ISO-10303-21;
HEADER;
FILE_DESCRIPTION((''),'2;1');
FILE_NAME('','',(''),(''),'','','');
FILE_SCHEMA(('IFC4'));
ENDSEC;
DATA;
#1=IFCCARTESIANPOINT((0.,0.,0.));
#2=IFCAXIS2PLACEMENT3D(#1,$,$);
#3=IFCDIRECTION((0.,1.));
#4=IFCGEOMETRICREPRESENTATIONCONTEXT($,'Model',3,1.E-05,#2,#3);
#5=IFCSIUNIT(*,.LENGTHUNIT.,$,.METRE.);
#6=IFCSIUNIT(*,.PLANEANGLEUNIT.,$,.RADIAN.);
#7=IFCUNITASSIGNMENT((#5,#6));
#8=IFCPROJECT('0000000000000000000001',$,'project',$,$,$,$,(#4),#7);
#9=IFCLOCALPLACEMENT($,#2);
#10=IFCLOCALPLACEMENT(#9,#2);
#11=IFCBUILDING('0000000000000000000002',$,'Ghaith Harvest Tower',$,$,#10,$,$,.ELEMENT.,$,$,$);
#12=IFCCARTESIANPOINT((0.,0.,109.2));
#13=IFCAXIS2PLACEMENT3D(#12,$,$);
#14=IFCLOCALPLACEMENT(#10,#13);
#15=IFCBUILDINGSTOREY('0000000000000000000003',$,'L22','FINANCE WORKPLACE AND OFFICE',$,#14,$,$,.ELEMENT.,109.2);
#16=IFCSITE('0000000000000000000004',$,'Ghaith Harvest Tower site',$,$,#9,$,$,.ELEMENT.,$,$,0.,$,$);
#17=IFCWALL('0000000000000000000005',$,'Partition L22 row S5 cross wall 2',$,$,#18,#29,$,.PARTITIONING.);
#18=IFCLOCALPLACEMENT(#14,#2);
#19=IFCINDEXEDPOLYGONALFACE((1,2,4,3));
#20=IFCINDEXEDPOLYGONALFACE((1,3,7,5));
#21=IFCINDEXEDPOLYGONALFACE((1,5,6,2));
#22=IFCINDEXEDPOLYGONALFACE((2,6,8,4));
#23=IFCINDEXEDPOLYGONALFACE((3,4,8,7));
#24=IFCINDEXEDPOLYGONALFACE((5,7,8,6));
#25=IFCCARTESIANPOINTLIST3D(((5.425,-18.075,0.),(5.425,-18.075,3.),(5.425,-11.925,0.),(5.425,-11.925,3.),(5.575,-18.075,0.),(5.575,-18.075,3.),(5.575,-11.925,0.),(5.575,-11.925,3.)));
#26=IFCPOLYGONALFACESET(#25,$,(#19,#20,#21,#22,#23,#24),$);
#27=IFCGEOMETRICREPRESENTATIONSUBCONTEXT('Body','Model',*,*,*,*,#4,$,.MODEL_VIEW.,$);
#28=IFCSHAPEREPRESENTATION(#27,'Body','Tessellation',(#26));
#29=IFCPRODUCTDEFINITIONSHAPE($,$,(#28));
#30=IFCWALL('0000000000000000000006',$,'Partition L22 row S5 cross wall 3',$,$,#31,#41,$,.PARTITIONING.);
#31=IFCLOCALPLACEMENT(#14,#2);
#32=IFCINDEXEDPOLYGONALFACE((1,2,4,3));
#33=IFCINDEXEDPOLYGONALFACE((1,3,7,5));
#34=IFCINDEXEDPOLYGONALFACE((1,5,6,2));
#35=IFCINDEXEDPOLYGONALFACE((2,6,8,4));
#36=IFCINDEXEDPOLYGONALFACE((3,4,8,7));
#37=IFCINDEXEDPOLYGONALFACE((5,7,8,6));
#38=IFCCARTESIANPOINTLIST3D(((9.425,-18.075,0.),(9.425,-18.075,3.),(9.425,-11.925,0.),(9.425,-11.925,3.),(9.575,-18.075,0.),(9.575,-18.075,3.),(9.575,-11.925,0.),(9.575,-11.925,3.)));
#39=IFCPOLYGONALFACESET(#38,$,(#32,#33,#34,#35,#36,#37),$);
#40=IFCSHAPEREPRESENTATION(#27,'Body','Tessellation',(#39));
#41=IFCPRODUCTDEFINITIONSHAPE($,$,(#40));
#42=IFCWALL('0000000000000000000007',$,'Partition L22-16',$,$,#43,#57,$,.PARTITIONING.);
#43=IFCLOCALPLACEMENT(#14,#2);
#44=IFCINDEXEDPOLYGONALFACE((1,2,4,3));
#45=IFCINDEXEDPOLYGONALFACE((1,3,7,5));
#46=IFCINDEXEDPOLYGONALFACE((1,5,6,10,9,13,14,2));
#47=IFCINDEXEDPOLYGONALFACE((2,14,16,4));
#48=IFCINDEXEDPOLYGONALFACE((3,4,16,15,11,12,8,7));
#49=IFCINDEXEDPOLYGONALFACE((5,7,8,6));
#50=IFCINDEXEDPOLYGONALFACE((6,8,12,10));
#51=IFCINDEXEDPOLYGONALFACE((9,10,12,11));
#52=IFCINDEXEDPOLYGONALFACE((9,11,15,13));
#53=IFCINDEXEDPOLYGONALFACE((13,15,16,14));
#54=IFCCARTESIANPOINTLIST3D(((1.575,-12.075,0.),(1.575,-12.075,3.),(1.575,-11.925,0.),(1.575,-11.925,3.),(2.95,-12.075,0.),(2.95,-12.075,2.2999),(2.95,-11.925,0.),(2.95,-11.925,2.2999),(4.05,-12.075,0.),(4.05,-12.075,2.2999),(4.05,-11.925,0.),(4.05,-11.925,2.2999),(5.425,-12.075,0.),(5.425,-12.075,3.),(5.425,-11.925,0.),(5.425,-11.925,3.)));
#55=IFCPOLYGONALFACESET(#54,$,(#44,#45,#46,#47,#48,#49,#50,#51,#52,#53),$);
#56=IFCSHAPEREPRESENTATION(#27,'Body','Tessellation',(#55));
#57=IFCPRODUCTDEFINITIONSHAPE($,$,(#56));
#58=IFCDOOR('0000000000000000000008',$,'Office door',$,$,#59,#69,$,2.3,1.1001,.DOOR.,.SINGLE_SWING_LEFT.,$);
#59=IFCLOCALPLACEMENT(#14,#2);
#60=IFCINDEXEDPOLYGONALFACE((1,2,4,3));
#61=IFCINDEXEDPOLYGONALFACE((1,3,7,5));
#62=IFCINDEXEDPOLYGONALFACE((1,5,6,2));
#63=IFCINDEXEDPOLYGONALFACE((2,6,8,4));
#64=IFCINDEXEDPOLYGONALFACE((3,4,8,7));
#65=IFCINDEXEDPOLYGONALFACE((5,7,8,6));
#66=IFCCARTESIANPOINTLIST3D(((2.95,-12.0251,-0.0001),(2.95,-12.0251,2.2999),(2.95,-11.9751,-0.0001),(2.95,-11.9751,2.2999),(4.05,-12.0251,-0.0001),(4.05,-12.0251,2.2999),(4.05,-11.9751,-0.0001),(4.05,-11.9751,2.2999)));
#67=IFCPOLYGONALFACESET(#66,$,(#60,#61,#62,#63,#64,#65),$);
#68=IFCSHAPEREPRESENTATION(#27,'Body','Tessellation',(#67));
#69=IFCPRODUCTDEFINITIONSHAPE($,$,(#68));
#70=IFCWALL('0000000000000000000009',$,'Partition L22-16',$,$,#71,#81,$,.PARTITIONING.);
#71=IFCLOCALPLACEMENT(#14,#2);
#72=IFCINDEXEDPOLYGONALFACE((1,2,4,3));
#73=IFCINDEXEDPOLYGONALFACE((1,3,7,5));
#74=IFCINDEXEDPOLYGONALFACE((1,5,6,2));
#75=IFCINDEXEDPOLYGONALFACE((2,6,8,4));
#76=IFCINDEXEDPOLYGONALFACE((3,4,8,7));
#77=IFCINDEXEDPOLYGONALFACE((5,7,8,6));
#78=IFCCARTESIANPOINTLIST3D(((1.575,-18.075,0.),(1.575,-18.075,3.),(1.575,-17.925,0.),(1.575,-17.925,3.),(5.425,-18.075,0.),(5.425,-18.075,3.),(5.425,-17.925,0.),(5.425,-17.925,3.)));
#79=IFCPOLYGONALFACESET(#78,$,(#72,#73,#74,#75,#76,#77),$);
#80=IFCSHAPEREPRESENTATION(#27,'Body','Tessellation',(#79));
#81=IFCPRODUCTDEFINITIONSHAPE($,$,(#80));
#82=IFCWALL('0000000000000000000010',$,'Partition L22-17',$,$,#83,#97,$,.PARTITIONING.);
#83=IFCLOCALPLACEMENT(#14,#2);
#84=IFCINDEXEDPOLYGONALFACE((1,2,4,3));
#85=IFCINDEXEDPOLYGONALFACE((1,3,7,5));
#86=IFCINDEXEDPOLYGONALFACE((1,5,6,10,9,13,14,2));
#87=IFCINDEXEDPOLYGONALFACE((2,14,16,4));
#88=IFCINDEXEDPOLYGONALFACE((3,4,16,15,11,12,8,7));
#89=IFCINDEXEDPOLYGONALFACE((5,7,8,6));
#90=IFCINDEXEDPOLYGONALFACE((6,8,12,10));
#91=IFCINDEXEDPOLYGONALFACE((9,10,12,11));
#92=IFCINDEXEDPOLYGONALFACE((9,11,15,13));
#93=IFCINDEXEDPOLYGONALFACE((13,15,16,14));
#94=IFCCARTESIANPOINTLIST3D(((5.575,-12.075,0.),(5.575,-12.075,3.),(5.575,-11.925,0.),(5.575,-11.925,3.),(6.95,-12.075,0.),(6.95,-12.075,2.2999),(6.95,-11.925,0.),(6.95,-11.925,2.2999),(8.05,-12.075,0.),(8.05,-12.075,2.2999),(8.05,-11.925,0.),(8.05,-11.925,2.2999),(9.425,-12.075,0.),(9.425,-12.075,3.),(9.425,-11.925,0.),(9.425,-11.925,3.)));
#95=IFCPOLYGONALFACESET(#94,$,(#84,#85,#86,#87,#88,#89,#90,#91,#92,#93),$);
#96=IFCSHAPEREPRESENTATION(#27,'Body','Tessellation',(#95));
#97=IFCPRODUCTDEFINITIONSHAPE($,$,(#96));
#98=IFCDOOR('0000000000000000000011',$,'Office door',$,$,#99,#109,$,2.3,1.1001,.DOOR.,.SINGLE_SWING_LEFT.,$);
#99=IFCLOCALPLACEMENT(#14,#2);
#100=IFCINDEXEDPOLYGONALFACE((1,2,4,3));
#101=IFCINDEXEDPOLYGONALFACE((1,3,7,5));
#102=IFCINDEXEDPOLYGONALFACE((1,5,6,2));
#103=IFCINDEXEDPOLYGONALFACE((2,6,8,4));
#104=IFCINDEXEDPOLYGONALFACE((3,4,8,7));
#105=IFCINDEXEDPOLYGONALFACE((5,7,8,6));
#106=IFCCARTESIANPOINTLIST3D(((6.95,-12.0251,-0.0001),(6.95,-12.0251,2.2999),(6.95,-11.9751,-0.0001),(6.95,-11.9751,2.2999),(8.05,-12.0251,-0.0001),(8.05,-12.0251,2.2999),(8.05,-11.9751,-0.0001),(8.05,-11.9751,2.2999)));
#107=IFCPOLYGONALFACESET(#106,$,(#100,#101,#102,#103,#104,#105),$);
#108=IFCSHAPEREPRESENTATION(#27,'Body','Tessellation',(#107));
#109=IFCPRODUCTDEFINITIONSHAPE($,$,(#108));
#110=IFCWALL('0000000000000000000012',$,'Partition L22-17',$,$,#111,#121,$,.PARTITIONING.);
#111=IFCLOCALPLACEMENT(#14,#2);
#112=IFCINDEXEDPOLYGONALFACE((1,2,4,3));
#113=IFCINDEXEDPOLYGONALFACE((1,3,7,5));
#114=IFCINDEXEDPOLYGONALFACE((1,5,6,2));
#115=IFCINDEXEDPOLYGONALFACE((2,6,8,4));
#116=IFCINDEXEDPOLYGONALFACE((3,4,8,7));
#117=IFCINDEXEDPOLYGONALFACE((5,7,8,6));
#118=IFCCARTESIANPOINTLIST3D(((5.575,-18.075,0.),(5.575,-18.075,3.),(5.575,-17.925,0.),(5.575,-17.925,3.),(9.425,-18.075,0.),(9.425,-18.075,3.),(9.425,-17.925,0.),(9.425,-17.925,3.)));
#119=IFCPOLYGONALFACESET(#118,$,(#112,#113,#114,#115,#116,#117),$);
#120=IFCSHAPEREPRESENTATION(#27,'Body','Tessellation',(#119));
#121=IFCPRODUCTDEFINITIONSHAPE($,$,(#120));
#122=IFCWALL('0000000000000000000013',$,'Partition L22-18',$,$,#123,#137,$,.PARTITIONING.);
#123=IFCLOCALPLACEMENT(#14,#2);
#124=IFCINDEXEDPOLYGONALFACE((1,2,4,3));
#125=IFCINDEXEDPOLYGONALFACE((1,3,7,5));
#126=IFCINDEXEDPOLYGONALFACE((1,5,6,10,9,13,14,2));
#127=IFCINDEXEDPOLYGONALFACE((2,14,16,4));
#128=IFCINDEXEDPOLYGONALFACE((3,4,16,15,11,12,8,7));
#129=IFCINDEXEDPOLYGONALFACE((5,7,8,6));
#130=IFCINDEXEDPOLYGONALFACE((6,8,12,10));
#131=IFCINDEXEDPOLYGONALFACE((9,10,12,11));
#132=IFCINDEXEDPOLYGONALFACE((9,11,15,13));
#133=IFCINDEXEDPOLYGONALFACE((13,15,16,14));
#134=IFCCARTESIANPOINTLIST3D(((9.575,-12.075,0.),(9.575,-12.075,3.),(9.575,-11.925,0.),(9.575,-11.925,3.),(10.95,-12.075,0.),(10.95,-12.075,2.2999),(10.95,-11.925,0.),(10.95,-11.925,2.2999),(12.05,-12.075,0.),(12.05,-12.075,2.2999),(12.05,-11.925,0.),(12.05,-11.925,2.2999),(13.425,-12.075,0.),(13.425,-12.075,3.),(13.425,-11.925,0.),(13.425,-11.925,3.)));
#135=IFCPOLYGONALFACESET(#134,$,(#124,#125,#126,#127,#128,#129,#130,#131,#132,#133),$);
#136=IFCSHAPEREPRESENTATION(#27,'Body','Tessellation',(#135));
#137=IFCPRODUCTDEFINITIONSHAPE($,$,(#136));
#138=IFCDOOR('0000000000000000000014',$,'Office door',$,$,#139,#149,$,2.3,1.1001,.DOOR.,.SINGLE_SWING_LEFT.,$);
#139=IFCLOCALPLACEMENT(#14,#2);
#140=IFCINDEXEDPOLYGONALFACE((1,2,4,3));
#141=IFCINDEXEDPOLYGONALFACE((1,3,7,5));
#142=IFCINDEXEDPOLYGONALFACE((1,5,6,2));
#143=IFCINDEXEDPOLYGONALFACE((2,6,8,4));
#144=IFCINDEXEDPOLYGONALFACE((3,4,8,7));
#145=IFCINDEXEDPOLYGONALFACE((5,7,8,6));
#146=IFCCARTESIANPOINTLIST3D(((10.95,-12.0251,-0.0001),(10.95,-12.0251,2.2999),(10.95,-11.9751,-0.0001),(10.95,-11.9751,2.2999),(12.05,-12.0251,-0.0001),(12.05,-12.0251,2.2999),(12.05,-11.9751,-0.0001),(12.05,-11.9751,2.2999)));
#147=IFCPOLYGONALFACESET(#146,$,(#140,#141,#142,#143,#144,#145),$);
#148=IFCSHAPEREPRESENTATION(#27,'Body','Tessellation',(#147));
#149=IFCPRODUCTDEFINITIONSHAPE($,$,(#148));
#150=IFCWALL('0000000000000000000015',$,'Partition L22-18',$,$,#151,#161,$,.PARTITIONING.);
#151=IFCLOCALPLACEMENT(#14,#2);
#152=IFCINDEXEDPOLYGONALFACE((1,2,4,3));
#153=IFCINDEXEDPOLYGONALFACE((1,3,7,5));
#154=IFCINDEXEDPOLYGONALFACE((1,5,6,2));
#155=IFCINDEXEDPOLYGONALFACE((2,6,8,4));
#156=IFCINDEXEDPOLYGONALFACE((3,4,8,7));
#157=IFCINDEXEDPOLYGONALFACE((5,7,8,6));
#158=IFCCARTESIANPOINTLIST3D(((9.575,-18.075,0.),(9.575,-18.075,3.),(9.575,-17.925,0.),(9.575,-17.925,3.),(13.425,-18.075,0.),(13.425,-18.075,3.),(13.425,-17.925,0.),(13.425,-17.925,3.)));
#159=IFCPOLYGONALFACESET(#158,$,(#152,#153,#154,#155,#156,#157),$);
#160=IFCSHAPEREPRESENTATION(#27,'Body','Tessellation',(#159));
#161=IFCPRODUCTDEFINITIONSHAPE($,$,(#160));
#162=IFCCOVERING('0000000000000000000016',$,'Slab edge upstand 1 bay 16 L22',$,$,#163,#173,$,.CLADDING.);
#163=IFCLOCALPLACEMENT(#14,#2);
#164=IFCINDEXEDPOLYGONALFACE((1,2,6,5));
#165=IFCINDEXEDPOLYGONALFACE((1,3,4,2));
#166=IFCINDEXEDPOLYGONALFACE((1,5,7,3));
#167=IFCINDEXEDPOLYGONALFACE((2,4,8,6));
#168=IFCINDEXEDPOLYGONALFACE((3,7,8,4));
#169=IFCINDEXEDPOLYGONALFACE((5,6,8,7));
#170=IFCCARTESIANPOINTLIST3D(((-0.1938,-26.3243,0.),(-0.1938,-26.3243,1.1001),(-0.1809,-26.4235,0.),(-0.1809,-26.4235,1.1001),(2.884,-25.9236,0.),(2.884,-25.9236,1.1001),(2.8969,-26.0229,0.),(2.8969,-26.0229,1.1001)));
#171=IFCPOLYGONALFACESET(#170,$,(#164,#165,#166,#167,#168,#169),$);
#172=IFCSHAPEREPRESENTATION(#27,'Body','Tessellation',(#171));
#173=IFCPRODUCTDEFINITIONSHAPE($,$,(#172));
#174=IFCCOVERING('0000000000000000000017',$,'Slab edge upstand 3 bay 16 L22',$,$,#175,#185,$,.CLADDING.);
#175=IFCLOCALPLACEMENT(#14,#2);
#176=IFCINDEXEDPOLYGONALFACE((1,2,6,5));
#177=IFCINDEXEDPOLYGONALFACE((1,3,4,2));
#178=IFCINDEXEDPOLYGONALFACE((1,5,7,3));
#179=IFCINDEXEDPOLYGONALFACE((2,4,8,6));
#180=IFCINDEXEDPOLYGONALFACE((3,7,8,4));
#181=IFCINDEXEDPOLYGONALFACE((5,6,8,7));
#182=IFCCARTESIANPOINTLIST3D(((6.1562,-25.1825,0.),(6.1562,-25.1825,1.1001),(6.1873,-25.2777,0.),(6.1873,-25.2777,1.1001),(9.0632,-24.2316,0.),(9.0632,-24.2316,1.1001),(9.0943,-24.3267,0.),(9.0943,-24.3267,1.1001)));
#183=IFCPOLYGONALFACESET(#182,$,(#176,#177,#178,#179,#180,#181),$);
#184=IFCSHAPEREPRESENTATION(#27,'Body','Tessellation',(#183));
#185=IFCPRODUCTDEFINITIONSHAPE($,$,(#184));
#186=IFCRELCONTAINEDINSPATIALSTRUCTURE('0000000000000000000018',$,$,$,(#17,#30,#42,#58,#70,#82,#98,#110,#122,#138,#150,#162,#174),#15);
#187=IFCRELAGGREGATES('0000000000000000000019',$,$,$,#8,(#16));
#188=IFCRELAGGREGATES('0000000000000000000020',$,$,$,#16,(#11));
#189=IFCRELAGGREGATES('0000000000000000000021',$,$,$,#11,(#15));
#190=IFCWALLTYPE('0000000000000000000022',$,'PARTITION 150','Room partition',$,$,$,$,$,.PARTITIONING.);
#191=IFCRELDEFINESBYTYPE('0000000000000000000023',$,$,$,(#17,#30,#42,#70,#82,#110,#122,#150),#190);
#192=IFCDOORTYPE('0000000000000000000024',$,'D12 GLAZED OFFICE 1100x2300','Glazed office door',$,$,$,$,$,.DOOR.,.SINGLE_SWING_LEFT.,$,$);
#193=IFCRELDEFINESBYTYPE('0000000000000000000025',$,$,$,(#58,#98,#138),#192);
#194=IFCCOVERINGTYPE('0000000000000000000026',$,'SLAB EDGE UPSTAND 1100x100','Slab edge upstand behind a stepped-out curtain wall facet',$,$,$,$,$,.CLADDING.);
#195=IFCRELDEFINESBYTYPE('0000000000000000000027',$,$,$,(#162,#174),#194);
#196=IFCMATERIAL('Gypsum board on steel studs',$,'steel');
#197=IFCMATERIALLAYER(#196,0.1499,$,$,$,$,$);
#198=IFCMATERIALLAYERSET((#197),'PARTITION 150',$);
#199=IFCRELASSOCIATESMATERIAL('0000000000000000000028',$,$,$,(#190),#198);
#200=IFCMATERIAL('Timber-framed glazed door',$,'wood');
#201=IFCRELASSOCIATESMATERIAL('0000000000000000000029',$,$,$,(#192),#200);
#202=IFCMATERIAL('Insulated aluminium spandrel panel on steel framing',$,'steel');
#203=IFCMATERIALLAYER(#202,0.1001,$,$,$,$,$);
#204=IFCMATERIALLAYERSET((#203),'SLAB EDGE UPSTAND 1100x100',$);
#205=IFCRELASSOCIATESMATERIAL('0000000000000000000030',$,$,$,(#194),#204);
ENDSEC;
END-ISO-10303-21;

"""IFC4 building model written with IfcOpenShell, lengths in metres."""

from ifc_helpers import new_model, si_unit, direction, frame, frame_2d, origin, origin_2d, place, context, subcontext, project, spatial, rectangle, extrude, material, layer, layer_set, type_object, element, fill, save


model = new_model("IFC4")

# Units and contexts
model_context = context("Model", 3, precision=1e-05, world=origin(), true_north=direction((0.0, 1.0)))
body_context = subcontext(model_context, "Body", "Model", "MODEL_VIEW")
ifc_project = project(units=[si_unit("LENGTHUNIT", "METRE"), si_unit("PLANEANGLEUNIT", "RADIAN")], contexts=[model_context])

# Site, building, storey
site_placement = place(None, origin())
site = spatial("IfcSite", under=ifc_project, at=site_placement, Name="Ghaith Harvest Tower site", CompositionType="ELEMENT", RefElevation=0.0)
building_placement = place(site_placement, origin())
building = spatial("IfcBuilding", under=site, at=building_placement, Name="Ghaith Harvest Tower", CompositionType="ELEMENT")
storey_placement = place(building_placement, frame((0.0, 0.0, 109.2)))
storey = spatial("IfcBuildingStorey", under=building, at=storey_placement, Name="L22", Description="FINANCE WORKPLACE AND OFFICE", CompositionType="ELEMENT", Elevation=109.2)

# Walls
ifc_material_1 = material(Name="Gypsum board on steel studs", Category="steel")
ifc_layer_1 = layer(ifc_material_1, 0.1499)
ifc_layer_set_1 = layer_set([ifc_layer_1], Name="PARTITION 150")
wall_type = type_object("IfcWallType", Name="PARTITION 150", Description="Room partition", PredefinedType="PARTITIONING", material=ifc_layer_set_1)
for number, where, z_axis, x_axis, name in (
    (1, (5.5, -11.925, 0.0), (0.0, 0.0, 1.0), (0.0, -1.0, 0.0), "Partition L22 row S5 cross wall 2"),
    (2, (9.5, -11.925, 0.0), (0.0, 0.0, 1.0), (0.0, -1.0, 0.0), "Partition L22 row S5 cross wall 3"),
):
    element("IfcWall", number, at=place(storey_placement, frame(where, z_axis=z_axis, x_axis=x_axis)), inside=storey, type_object=wall_type, Name=name, PredefinedType="PARTITIONING", context=body_context, shape_type="SweptSolid", body=[
        extrude(rectangle(XDim=6.1499, YDim=0.1499, at=frame_2d((3.075, 0.0))), origin(), (0.0, 0.0, 1.0), 3.0),
    ])

# Wall, opening, door
wall_1_placement = place(storey_placement, frame((1.575, -12.0, 0.0), z_axis=(0.0, 0.0, 1.0), x_axis=(1.0, 0.0, 0.0)))
wall_1 = element("IfcWall", 3, at=wall_1_placement, inside=storey, type_object=wall_type, Name="Partition L22-16", PredefinedType="PARTITIONING", context=body_context, shape_type="SweptSolid", body=[
    extrude(rectangle(XDim=3.8501, YDim=0.1499, at=frame_2d((1.925, 0.0))), origin(), (0.0, 0.0, 1.0), 3.0),
])
opening_1_placement = place(wall_1_placement, frame((1.375, 0.0, 0.0)))
opening_1 = element("IfcOpeningElement", 4, at=opening_1_placement, cuts=wall_1, PredefinedType="OPENING", context=body_context, shape_type="SweptSolid", body=[
    extrude(rectangle(XDim=1.1001, YDim=2.3, at=frame_2d((0.55, 1.1499))), frame((0.0, 0.085, 0.0), z_axis=(0.0, -1.0, 0.0), x_axis=(1.0, 0.0, 0.0)), (0.0, 0.0, 1.0), 0.1699),
])
ifc_material_2 = material(Name="Timber-framed glazed door", Category="wood")
door_type = type_object("IfcDoorType", Name="D12 GLAZED OFFICE 1100x2300", Description="Glazed office door", OperationType="SINGLE_SWING_LEFT", PredefinedType="DOOR", material=ifc_material_2)
door_1_placement = place(opening_1_placement, origin())
door_1 = element("IfcDoor", 5, at=door_1_placement, inside=storey, type_object=door_type, Name="Office door", OperationType="SINGLE_SWING_LEFT", OverallHeight=2.3, OverallWidth=1.1001, PredefinedType="DOOR", context=body_context, shape_type="SweptSolid", body=[
    extrude(rectangle(XDim=1.1001, YDim=2.3, at=frame_2d((0.55, 1.1499))), frame((0.0, 0.0249, 0.0), z_axis=(0.0, -1.0, 0.0), x_axis=(1.0, 0.0, 0.0)), (0.0, 0.0, 1.0), 0.05),
])
fill(opening_1, door_1)

# Wall
wall_2_placement = place(storey_placement, frame((1.575, -18.0, 0.0), z_axis=(0.0, 0.0, 1.0), x_axis=(1.0, 0.0, 0.0)))
element("IfcWall", 6, at=wall_2_placement, inside=storey, type_object=wall_type, Name="Partition L22-16", PredefinedType="PARTITIONING", context=body_context, shape_type="SweptSolid", body=[
    extrude(rectangle(XDim=3.8501, YDim=0.1499, at=frame_2d((1.925, 0.0))), origin(), (0.0, 0.0, 1.0), 3.0),
])

# Wall, opening, door
wall_3_placement = place(storey_placement, frame((5.575, -12.0, 0.0), z_axis=(0.0, 0.0, 1.0), x_axis=(1.0, 0.0, 0.0)))
wall_3 = element("IfcWall", 7, at=wall_3_placement, inside=storey, type_object=wall_type, Name="Partition L22-17", PredefinedType="PARTITIONING", context=body_context, shape_type="SweptSolid", body=[
    extrude(rectangle(XDim=3.8501, YDim=0.1499, at=frame_2d((1.925, 0.0))), origin(), (0.0, 0.0, 1.0), 3.0),
])
opening_2_placement = place(wall_3_placement, frame((1.375, 0.0, 0.0)))
opening_2 = element("IfcOpeningElement", 8, at=opening_2_placement, cuts=wall_3, PredefinedType="OPENING", context=body_context, shape_type="SweptSolid", body=[
    extrude(rectangle(XDim=1.1001, YDim=2.3, at=frame_2d((0.55, 1.1499))), frame((0.0, 0.085, 0.0), z_axis=(0.0, -1.0, 0.0), x_axis=(1.0, 0.0, 0.0)), (0.0, 0.0, 1.0), 0.1699),
])
door_2_placement = place(opening_2_placement, origin())
door_2 = element("IfcDoor", 9, at=door_2_placement, inside=storey, type_object=door_type, Name="Office door", OperationType="SINGLE_SWING_LEFT", OverallHeight=2.3, OverallWidth=1.1001, PredefinedType="DOOR", context=body_context, shape_type="SweptSolid", body=[
    extrude(rectangle(XDim=1.1001, YDim=2.3, at=frame_2d((0.55, 1.1499))), frame((0.0, 0.0249, 0.0), z_axis=(0.0, -1.0, 0.0), x_axis=(1.0, 0.0, 0.0)), (0.0, 0.0, 1.0), 0.05),
])
fill(opening_2, door_2)

# Wall
wall_4_placement = place(storey_placement, frame((5.575, -18.0, 0.0), z_axis=(0.0, 0.0, 1.0), x_axis=(1.0, 0.0, 0.0)))
element("IfcWall", 10, at=wall_4_placement, inside=storey, type_object=wall_type, Name="Partition L22-17", PredefinedType="PARTITIONING", context=body_context, shape_type="SweptSolid", body=[
    extrude(rectangle(XDim=3.8501, YDim=0.1499, at=frame_2d((1.925, 0.0))), origin(), (0.0, 0.0, 1.0), 3.0),
])

# Wall, opening, door
wall_5_placement = place(storey_placement, frame((9.575, -12.0, 0.0), z_axis=(0.0, 0.0, 1.0), x_axis=(1.0, 0.0, 0.0)))
wall_5 = element("IfcWall", 11, at=wall_5_placement, inside=storey, type_object=wall_type, Name="Partition L22-18", PredefinedType="PARTITIONING", context=body_context, shape_type="SweptSolid", body=[
    extrude(rectangle(XDim=3.8501, YDim=0.1499, at=frame_2d((1.925, 0.0))), origin(), (0.0, 0.0, 1.0), 3.0),
])
opening_3_placement = place(wall_5_placement, frame((1.375, 0.0, 0.0)))
opening_3 = element("IfcOpeningElement", 12, at=opening_3_placement, cuts=wall_5, PredefinedType="OPENING", context=body_context, shape_type="SweptSolid", body=[
    extrude(rectangle(XDim=1.1001, YDim=2.3, at=frame_2d((0.55, 1.1499))), frame((0.0, 0.085, 0.0), z_axis=(0.0, -1.0, 0.0), x_axis=(1.0, 0.0, 0.0)), (0.0, 0.0, 1.0), 0.1699),
])
door_3_placement = place(opening_3_placement, origin())
door_3 = element("IfcDoor", 13, at=door_3_placement, inside=storey, type_object=door_type, Name="Office door", OperationType="SINGLE_SWING_LEFT", OverallHeight=2.3, OverallWidth=1.1001, PredefinedType="DOOR", context=body_context, shape_type="SweptSolid", body=[
    extrude(rectangle(XDim=1.1001, YDim=2.3, at=frame_2d((0.55, 1.1499))), frame((0.0, 0.0249, 0.0), z_axis=(0.0, -1.0, 0.0), x_axis=(1.0, 0.0, 0.0)), (0.0, 0.0, 1.0), 0.05),
])
fill(opening_3, door_3)

# Wall
wall_6_placement = place(storey_placement, frame((9.575, -18.0, 0.0), z_axis=(0.0, 0.0, 1.0), x_axis=(1.0, 0.0, 0.0)))
element("IfcWall", 14, at=wall_6_placement, inside=storey, type_object=wall_type, Name="Partition L22-18", PredefinedType="PARTITIONING", context=body_context, shape_type="SweptSolid", body=[
    extrude(rectangle(XDim=3.8501, YDim=0.1499, at=frame_2d((1.925, 0.0))), origin(), (0.0, 0.0, 1.0), 3.0),
])

# Coverings
ifc_material_3 = material(Name="Insulated aluminium spandrel panel on steel framing", Category="steel")
ifc_layer_2 = layer(ifc_material_3, 0.1001)
ifc_layer_set_2 = layer_set([ifc_layer_2], Name="SLAB EDGE UPSTAND 1100x100")
covering_type = type_object("IfcCoveringType", Name="SLAB EDGE UPSTAND 1100x100", Description="Slab edge upstand behind a stepped-out curtain wall facet", PredefinedType="CLADDING", material=ifc_layer_set_2)
covering_1_placement = place(storey_placement, frame((1.3516, -26.1736, 0.0), z_axis=(0.0, 0.0, 1.0), x_axis=(0.991634, 0.129084, 0.0)))
element("IfcCovering", 15, at=covering_1_placement, inside=storey, type_object=covering_type, Name="Slab edge upstand 1 bay 16 L22", PredefinedType="CLADDING", context=body_context, shape_type="SweptSolid", body=[
    extrude(rectangle(XDim=3.1038, YDim=0.1001, at=origin_2d()), origin(), (0.0, 0.0, 1.0), 1.1001),
])
covering_2_placement = place(storey_placement, frame((7.6252, -24.7546, 0.0), z_axis=(0.0, 0.0, 1.0), x_axis=(0.950441, 0.310904, 0.0)))
element("IfcCovering", 16, at=covering_2_placement, inside=storey, type_object=covering_type, Name="Slab edge upstand 3 bay 16 L22", PredefinedType="CLADDING", context=body_context, shape_type="SweptSolid", body=[
    extrude(rectangle(XDim=3.0586, YDim=0.1001, at=origin_2d()), origin(), (0.0, 0.0, 1.0), 1.1001),
])

save(model, "model.ifc")
